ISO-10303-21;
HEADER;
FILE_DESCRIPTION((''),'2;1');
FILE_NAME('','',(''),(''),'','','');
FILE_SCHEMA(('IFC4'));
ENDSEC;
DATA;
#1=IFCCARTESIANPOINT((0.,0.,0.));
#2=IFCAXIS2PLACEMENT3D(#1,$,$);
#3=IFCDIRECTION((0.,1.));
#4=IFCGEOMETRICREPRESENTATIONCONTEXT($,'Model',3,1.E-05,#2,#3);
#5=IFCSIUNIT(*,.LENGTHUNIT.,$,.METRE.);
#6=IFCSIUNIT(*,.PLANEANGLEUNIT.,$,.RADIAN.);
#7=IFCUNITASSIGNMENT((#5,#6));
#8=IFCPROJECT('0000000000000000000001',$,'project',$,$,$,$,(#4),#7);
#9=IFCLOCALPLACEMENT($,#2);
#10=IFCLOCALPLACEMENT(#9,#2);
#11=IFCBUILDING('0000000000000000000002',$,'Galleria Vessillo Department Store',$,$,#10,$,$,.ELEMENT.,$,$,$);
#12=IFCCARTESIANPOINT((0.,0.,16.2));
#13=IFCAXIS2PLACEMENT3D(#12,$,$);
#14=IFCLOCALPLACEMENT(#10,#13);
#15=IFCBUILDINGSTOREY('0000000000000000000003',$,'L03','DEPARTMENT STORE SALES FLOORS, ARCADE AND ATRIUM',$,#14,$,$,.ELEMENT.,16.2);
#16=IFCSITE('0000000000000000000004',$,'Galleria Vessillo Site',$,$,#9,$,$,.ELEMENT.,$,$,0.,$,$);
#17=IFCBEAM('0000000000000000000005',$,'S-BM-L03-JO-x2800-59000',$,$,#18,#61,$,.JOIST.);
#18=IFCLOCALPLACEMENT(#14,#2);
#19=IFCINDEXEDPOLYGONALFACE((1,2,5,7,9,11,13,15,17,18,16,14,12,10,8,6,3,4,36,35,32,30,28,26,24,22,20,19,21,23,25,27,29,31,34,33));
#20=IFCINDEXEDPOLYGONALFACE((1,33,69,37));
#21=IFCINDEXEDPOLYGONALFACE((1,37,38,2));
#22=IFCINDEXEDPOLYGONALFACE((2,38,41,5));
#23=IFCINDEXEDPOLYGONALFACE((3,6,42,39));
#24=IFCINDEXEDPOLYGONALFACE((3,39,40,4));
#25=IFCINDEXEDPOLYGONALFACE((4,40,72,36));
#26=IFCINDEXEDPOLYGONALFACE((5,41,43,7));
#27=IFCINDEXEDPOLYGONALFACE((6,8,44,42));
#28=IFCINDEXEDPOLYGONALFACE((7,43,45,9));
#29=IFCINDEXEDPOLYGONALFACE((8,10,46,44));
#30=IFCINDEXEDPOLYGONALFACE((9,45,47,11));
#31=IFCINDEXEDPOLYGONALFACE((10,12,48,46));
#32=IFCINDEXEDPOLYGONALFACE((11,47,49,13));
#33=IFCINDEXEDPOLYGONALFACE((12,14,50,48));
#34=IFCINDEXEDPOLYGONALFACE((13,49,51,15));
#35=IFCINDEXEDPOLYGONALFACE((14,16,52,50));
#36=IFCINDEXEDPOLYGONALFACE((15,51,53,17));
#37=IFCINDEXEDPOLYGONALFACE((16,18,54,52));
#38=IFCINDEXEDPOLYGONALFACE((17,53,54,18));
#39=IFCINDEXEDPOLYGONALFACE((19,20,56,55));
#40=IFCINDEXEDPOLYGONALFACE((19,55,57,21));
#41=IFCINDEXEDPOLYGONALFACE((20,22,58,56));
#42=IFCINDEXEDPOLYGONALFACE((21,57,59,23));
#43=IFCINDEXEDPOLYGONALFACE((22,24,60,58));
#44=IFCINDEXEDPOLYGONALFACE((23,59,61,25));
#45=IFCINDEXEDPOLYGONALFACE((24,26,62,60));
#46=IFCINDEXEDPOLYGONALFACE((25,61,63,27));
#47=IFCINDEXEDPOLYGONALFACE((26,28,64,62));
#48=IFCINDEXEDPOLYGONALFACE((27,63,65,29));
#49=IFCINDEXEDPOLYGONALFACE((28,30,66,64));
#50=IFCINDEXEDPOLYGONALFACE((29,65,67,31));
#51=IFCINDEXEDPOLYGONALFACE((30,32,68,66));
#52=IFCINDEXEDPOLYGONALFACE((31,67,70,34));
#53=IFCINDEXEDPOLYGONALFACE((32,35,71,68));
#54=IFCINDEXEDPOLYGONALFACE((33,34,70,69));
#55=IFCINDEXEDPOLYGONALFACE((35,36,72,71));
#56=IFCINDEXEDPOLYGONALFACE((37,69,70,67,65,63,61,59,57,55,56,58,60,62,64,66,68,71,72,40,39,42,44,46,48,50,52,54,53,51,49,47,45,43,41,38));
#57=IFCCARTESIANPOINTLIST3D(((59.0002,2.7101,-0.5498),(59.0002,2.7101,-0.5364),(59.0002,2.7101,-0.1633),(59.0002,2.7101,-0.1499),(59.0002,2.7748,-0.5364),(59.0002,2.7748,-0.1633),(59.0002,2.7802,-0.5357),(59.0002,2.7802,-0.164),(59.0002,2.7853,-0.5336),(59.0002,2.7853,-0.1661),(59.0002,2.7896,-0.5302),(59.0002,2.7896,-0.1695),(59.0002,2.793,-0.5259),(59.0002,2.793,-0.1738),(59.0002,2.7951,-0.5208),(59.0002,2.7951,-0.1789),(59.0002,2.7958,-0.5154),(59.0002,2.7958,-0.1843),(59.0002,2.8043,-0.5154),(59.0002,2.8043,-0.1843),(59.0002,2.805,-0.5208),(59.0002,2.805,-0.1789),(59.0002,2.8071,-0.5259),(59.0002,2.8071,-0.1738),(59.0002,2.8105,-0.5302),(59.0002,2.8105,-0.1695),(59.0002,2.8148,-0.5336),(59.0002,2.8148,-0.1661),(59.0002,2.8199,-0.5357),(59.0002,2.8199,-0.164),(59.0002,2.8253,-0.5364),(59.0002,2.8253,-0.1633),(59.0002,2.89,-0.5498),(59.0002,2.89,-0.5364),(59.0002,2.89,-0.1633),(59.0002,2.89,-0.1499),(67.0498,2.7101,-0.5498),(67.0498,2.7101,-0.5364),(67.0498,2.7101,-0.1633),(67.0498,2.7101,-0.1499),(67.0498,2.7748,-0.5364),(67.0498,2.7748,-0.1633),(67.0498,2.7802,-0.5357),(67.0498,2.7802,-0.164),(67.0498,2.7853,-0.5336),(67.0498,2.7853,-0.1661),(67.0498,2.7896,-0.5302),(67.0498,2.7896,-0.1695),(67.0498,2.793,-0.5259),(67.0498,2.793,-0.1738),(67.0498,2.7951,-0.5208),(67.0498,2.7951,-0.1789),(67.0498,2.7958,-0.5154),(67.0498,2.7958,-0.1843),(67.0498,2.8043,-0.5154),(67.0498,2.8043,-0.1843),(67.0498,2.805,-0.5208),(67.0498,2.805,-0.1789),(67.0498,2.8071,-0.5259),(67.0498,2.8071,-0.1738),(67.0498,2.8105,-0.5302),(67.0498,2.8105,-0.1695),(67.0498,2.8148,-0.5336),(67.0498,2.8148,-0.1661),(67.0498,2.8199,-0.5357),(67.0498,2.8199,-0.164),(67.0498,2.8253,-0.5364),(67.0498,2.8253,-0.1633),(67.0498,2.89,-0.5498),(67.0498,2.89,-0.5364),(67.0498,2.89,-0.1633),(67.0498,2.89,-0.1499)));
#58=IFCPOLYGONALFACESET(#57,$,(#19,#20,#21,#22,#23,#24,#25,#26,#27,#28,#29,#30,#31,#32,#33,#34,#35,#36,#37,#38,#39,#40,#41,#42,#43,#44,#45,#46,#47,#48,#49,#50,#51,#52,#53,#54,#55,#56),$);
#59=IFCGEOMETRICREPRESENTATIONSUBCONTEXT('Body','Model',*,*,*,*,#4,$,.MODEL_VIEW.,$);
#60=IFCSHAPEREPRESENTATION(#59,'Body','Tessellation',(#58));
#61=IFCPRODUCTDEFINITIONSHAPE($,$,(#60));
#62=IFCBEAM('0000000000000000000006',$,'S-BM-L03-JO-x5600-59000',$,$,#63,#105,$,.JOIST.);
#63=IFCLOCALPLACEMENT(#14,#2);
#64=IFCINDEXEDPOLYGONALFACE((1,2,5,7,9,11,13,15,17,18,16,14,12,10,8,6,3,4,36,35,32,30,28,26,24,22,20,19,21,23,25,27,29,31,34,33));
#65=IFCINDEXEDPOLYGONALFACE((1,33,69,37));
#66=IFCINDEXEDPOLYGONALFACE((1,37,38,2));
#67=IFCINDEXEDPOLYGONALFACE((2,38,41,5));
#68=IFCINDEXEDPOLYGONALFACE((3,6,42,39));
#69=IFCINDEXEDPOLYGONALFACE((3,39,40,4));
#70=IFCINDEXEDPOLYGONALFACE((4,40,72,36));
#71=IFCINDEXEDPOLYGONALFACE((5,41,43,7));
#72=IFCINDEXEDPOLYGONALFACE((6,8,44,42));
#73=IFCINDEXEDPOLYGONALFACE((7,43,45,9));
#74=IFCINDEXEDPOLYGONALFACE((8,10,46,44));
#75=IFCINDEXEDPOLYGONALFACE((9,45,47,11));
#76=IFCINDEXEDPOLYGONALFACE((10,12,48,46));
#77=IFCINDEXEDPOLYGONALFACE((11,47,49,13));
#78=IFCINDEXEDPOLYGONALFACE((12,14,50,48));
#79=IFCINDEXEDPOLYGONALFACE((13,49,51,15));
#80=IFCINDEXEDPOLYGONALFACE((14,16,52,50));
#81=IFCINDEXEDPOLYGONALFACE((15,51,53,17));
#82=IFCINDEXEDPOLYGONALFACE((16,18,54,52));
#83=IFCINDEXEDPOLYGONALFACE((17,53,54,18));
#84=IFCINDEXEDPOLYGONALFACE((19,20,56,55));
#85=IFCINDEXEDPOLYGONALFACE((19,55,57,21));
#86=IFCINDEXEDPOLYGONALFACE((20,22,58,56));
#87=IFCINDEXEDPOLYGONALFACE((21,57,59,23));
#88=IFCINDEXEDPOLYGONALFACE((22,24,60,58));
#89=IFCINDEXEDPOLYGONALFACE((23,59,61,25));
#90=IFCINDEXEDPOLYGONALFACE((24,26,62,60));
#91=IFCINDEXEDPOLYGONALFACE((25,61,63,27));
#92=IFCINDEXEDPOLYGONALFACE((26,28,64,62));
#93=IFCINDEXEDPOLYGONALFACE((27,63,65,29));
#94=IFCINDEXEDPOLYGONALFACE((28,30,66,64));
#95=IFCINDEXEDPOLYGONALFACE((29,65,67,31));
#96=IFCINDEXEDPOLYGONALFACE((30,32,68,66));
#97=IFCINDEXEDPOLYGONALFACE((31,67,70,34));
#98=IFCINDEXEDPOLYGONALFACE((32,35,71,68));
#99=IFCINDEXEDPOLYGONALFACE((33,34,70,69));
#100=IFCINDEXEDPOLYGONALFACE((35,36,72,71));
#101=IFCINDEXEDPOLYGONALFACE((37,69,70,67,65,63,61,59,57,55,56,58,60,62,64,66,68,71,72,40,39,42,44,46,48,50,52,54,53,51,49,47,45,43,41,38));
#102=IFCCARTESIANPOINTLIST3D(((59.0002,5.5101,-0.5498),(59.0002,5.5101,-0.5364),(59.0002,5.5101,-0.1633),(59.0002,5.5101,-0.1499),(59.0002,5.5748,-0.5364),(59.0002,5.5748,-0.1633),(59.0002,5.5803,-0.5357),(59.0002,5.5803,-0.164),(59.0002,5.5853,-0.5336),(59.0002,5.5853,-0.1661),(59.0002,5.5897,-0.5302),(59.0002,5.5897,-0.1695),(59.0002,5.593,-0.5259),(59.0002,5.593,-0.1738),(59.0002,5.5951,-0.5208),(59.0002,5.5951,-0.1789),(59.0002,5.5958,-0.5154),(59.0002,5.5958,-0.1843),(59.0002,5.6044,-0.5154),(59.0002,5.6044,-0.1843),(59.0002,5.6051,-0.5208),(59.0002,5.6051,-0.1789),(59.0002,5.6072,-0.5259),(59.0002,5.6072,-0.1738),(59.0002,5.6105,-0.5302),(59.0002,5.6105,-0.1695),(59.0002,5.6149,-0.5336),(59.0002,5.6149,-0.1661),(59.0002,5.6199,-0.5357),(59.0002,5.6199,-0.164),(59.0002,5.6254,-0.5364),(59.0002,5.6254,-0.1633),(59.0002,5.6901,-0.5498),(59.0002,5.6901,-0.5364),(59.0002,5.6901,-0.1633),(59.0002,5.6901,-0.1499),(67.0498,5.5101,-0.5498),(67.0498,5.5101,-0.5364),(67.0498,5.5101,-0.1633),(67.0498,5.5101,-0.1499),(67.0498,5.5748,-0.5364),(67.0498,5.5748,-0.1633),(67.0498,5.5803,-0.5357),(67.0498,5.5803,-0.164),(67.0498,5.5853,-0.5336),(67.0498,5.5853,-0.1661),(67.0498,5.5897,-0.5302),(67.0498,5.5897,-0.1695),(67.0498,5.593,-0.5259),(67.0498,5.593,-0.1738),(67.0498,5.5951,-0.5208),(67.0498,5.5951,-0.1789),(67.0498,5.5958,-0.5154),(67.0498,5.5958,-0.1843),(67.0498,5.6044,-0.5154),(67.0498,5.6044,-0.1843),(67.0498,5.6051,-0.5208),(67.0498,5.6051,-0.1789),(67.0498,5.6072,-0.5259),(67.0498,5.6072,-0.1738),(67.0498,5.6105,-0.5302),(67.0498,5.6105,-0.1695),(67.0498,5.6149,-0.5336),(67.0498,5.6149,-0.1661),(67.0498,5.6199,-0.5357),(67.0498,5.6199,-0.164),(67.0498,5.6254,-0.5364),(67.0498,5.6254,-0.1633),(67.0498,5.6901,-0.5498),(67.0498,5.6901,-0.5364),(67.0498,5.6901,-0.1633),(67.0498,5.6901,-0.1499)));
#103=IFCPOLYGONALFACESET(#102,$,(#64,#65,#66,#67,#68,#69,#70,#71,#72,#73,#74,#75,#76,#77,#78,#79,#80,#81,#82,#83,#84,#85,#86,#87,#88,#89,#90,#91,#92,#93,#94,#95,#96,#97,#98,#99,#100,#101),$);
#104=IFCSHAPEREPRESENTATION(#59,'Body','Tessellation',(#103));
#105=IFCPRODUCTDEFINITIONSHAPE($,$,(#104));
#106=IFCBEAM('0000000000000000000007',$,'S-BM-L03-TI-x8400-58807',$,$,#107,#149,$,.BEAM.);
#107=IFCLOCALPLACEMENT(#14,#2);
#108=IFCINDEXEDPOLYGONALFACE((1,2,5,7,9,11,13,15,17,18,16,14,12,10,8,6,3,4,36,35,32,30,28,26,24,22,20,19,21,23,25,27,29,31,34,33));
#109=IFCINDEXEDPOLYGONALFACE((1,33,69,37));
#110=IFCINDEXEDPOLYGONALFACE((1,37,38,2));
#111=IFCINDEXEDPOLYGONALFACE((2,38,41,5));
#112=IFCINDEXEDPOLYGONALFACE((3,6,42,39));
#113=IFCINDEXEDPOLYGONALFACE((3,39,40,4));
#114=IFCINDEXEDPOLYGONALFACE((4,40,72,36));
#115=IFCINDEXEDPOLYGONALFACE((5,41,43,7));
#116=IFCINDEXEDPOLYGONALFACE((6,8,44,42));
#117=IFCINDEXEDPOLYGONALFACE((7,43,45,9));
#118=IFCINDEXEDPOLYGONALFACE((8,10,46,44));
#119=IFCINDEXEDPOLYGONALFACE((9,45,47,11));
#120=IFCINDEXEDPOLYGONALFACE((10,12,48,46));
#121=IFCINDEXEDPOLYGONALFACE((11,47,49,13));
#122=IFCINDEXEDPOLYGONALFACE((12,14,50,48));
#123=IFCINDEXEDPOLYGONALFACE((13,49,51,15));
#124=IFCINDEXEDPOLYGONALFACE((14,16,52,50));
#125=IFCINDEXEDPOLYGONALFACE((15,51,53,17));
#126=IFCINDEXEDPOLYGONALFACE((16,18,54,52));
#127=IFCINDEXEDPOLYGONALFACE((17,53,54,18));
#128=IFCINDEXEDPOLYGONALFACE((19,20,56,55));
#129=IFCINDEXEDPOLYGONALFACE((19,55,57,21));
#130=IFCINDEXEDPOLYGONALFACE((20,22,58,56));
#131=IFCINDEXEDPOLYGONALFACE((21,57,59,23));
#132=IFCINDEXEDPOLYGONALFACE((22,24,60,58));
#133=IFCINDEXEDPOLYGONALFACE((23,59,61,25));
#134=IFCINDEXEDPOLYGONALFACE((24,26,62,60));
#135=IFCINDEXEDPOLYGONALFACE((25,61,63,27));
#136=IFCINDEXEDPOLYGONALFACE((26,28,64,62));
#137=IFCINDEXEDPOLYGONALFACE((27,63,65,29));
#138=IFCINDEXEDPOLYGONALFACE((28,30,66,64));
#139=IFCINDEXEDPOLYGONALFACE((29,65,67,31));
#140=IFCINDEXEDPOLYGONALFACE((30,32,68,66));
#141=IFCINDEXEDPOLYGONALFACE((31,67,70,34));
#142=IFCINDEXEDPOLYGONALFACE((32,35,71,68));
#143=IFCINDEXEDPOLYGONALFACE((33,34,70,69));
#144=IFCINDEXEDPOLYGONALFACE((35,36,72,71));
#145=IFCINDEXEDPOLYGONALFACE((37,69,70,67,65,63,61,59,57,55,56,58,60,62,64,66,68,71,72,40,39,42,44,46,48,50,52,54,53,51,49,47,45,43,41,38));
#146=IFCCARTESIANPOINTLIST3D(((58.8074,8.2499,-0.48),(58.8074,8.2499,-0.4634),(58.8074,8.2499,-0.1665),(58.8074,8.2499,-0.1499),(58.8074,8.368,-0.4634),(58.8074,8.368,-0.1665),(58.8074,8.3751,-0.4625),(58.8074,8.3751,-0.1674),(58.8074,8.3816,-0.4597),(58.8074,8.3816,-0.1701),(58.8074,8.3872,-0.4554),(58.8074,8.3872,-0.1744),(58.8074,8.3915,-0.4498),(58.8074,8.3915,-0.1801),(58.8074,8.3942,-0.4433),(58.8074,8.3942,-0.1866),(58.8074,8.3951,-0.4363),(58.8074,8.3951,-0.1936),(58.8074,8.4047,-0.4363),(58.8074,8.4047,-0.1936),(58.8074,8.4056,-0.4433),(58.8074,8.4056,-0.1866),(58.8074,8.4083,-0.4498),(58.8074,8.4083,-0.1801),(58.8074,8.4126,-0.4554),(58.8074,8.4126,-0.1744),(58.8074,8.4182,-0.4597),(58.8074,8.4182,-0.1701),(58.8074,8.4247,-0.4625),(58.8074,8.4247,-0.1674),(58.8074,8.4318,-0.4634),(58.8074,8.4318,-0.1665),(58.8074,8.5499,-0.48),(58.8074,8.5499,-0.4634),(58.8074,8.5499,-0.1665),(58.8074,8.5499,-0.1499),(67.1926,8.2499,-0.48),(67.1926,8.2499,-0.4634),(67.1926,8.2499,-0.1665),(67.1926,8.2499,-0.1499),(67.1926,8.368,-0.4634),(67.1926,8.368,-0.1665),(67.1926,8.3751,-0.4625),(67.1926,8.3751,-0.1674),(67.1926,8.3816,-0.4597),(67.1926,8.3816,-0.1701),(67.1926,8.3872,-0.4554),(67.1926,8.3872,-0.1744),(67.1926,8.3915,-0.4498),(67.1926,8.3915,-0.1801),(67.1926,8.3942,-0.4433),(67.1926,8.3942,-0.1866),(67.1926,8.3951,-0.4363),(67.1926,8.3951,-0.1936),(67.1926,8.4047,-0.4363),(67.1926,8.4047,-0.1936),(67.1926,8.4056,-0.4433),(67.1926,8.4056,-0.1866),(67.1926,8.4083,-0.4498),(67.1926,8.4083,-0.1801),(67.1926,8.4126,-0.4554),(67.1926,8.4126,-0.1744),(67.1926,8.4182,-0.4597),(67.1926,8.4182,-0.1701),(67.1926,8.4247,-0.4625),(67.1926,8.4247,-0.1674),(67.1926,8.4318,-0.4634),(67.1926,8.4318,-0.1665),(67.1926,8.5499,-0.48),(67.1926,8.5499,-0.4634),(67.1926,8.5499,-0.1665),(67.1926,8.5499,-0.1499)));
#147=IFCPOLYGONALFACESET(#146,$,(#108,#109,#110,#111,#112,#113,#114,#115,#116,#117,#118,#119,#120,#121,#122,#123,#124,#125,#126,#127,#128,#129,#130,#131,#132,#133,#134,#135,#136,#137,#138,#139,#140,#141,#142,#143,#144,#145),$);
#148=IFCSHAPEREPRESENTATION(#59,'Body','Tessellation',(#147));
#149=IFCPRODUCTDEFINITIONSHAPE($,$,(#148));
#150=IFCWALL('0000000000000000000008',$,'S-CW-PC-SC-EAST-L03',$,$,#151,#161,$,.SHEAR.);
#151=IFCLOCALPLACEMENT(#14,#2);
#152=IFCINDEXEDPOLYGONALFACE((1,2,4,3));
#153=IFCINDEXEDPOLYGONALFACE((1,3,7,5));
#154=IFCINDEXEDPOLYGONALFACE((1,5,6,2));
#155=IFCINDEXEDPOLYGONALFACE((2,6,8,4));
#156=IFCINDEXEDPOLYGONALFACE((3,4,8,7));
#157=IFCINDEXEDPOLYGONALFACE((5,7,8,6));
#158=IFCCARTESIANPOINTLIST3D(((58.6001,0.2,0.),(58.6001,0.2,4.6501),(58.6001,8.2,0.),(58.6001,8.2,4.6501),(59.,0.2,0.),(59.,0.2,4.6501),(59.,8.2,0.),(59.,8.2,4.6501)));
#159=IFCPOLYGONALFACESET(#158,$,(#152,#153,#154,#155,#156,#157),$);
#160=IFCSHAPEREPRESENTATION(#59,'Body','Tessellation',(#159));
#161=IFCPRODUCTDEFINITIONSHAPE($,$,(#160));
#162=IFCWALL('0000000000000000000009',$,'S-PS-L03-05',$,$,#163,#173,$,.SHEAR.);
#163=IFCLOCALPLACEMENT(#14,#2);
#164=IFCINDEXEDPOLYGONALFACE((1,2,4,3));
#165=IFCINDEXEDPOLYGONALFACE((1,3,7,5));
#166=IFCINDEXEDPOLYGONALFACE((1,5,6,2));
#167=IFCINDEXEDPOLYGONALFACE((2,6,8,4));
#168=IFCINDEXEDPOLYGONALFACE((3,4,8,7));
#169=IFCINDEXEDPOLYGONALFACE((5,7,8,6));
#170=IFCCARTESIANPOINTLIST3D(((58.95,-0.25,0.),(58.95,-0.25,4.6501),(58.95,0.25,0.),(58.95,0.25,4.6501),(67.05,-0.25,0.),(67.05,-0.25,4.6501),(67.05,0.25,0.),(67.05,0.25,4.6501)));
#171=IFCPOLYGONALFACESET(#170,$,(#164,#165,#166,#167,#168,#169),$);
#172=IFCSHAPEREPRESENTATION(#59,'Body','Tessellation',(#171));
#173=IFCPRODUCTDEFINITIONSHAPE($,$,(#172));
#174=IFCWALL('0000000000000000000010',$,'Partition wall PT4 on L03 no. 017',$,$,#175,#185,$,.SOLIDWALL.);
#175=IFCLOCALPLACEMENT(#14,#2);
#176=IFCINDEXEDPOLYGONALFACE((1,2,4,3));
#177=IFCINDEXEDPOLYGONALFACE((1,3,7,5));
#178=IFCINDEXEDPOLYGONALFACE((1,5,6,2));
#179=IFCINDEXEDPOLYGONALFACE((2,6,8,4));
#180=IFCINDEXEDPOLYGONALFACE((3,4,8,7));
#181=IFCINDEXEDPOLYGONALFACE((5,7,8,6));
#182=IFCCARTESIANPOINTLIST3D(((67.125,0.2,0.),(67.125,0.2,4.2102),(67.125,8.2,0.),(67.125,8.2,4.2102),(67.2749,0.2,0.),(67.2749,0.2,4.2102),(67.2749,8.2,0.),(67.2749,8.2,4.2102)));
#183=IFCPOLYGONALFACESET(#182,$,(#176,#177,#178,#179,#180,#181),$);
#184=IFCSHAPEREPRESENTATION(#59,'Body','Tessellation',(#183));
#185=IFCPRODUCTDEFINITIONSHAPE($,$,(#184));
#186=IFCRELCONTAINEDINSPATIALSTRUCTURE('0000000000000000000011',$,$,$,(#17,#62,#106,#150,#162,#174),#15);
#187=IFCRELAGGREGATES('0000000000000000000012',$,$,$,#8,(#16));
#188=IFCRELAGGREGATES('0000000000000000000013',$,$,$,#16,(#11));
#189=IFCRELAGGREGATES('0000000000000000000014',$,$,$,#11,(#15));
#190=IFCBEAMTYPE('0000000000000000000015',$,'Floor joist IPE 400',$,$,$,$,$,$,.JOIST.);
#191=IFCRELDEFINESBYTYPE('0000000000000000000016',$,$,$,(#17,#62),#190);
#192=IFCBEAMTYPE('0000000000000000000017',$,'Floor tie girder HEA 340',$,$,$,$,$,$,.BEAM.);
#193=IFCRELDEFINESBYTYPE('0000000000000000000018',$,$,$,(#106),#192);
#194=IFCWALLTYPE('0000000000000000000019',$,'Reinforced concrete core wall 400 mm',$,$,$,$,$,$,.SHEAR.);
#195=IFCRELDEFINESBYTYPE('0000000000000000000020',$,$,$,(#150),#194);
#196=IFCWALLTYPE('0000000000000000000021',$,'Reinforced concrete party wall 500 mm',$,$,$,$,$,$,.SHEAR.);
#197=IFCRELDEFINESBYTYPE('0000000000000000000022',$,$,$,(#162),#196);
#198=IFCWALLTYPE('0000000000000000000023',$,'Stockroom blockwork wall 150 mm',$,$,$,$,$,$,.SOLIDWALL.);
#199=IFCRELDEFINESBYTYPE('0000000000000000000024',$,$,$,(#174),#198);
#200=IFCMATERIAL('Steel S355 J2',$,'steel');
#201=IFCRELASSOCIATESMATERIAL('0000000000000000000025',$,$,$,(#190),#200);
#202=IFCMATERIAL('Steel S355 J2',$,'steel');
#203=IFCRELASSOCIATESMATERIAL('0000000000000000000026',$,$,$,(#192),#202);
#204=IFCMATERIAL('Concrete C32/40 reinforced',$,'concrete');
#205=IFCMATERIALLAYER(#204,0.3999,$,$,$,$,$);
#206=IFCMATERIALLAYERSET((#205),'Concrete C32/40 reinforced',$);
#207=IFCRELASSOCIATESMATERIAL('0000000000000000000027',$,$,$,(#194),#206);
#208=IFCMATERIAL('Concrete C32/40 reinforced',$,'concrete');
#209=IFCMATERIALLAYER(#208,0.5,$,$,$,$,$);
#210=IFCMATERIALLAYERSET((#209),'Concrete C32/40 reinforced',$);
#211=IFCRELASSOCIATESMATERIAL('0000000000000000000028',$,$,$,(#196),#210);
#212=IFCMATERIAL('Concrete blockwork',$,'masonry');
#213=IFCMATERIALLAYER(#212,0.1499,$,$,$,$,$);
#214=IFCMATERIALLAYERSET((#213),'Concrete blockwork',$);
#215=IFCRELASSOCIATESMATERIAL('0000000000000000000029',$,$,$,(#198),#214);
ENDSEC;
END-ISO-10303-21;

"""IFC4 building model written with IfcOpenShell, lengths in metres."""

from ifc_helpers import new_model, si_unit, direction, frame, frame_2d, origin, origin_2d, place, context, subcontext, project, spatial, rectangle, i_section, extrude, material, layer, layer_set, material_profile, profile_set, type_object, element, save


model = new_model("IFC4")

# Units and contexts
model_context = context("Model", 3, precision=1e-05, world=origin(), true_north=direction((0.0, 1.0)))
body_context = subcontext(model_context, "Body", "Model", "MODEL_VIEW")
ifc_project = project(units=[si_unit("LENGTHUNIT", "METRE"), si_unit("PLANEANGLEUNIT", "RADIAN")], contexts=[model_context])

# Site, building, storey
site_placement = place(None, origin())
site = spatial("IfcSite", under=ifc_project, at=site_placement, Name="Galleria Vessillo Site", CompositionType="ELEMENT", RefElevation=0.0)
building_placement = place(site_placement, origin())
building = spatial("IfcBuilding", under=site, at=building_placement, Name="Galleria Vessillo Department Store", CompositionType="ELEMENT")
storey_placement = place(building_placement, frame((0.0, 0.0, 16.2)))
storey = spatial("IfcBuildingStorey", under=building, at=storey_placement, Name="L03", Description="DEPARTMENT STORE SALES FLOORS, ARCADE AND ATRIUM", CompositionType="ELEMENT", Elevation=16.2)

# Beams
ifc_material_1 = material(Name="Steel S355 J2", Category="steel")
ifc_material_profile_1 = material_profile(ifc_material_1, i_section(OverallWidth=0.1799, OverallDepth=0.3999, WebThickness=0.0085, FlangeThickness=0.0134, FilletRadius=0.021, at=origin_2d()), Name="IPE 400")
ifc_profile_set_1 = profile_set([ifc_material_profile_1], Name="Steel S355 J2")
beam_type_1 = type_object("IfcBeamType", Name="Floor joist IPE 400", PredefinedType="JOIST", material=ifc_profile_set_1)
for number, where, z_axis, x_axis, name in (
    (1, (59.0002, 2.8, -0.3499), (1.0, 0.0, 0.0), (0.0, 1.0, 0.0), "S-BM-L03-JO-x2800-59000"),
    (2, (59.0002, 5.6001, -0.3499), (1.0, 0.0, 0.0), (0.0, 1.0, 0.0), "S-BM-L03-JO-x5600-59000"),
):
    element("IfcBeam", number, at=place(storey_placement, frame(where, z_axis=z_axis, x_axis=x_axis)), inside=storey, type_object=beam_type_1, Name=name, PredefinedType="JOIST", context=body_context, shape_type="SweptSolid", body=[
        extrude(i_section(OverallWidth=0.1799, OverallDepth=0.3999, WebThickness=0.0085, FlangeThickness=0.0134, FilletRadius=0.021, at=origin_2d()), origin(), (0.0, 0.0, 1.0), 8.0496),
    ])
ifc_material_2 = material(Name="Steel S355 J2", Category="steel")
ifc_material_profile_2 = material_profile(ifc_material_2, i_section(OverallWidth=0.3, OverallDepth=0.3301, WebThickness=0.0095, FlangeThickness=0.0166, FilletRadius=0.0271, at=origin_2d()), Name="HEA 340")
ifc_profile_set_2 = profile_set([ifc_material_profile_2], Name="Steel S355 J2")
beam_type_2 = type_object("IfcBeamType", Name="Floor tie girder HEA 340", PredefinedType="BEAM", material=ifc_profile_set_2)
beam_1_placement = place(storey_placement, frame((58.8074, 8.3999, -0.3149), z_axis=(1.0, 0.0, 0.0), x_axis=(0.0, 1.0, 0.0)))
element("IfcBeam", 3, at=beam_1_placement, inside=storey, type_object=beam_type_2, Name="S-BM-L03-TI-x8400-58807", PredefinedType="BEAM", context=body_context, shape_type="SweptSolid", body=[
    extrude(i_section(OverallWidth=0.3, OverallDepth=0.3301, WebThickness=0.0095, FlangeThickness=0.0166, FilletRadius=0.0271, at=origin_2d()), origin(), (0.0, 0.0, 1.0), 8.3853),
])

# Walls
ifc_material_3 = material(Name="Concrete C32/40 reinforced", Category="concrete")
ifc_layer_1 = layer(ifc_material_3, 0.3999)
ifc_layer_set_1 = layer_set([ifc_layer_1], Name="Concrete C32/40 reinforced")
wall_type_1 = type_object("IfcWallType", Name="Reinforced concrete core wall 400 mm", PredefinedType="SHEAR", material=ifc_layer_set_1)
wall_1_placement = place(storey_placement, frame((58.8, 0.2, 0.0), z_axis=(0.0, 0.0, 1.0), x_axis=(0.0, 1.0, 0.0)))
element("IfcWall", 4, at=wall_1_placement, inside=storey, type_object=wall_type_1, Name="S-CW-PC-SC-EAST-L03", PredefinedType="SHEAR", context=body_context, shape_type="SweptSolid", body=[
    extrude(rectangle(XDim=8.0, YDim=0.3999, at=frame_2d((4.0, 0.0))), origin(), (0.0, 0.0, 1.0), 4.6501),
])
ifc_material_4 = material(Name="Concrete C32/40 reinforced", Category="concrete")
ifc_layer_2 = layer(ifc_material_4, 0.5)
ifc_layer_set_2 = layer_set([ifc_layer_2], Name="Concrete C32/40 reinforced")
wall_type_2 = type_object("IfcWallType", Name="Reinforced concrete party wall 500 mm", PredefinedType="SHEAR", material=ifc_layer_set_2)
wall_2_placement = place(storey_placement, frame((58.95, 0.0, 0.0), z_axis=(0.0, 0.0, 1.0), x_axis=(1.0, 0.0, 0.0)))
element("IfcWall", 5, at=wall_2_placement, inside=storey, type_object=wall_type_2, Name="S-PS-L03-05", PredefinedType="SHEAR", context=body_context, shape_type="SweptSolid", body=[
    extrude(rectangle(XDim=8.1001, YDim=0.5, at=frame_2d((4.05, 0.0))), origin(), (0.0, 0.0, 1.0), 4.6501),
])
ifc_material_5 = material(Name="Concrete blockwork", Category="masonry")
ifc_layer_3 = layer(ifc_material_5, 0.1499)
ifc_layer_set_3 = layer_set([ifc_layer_3], Name="Concrete blockwork")
wall_type_3 = type_object("IfcWallType", Name="Stockroom blockwork wall 150 mm", PredefinedType="SOLIDWALL", material=ifc_layer_set_3)
wall_3_placement = place(storey_placement, frame((67.2, 0.2, 0.0), z_axis=(0.0, 0.0, 1.0), x_axis=(0.0, 1.0, 0.0)))
element("IfcWall", 6, at=wall_3_placement, inside=storey, type_object=wall_type_3, Name="Partition wall PT4 on L03 no. 017", PredefinedType="SOLIDWALL", context=body_context, shape_type="SweptSolid", body=[
    extrude(rectangle(XDim=8.0, YDim=0.1499, at=frame_2d((4.0, 0.0))), origin(), (0.0, 0.0, 1.0), 4.2102),
])

save(model, "model.ifc")
